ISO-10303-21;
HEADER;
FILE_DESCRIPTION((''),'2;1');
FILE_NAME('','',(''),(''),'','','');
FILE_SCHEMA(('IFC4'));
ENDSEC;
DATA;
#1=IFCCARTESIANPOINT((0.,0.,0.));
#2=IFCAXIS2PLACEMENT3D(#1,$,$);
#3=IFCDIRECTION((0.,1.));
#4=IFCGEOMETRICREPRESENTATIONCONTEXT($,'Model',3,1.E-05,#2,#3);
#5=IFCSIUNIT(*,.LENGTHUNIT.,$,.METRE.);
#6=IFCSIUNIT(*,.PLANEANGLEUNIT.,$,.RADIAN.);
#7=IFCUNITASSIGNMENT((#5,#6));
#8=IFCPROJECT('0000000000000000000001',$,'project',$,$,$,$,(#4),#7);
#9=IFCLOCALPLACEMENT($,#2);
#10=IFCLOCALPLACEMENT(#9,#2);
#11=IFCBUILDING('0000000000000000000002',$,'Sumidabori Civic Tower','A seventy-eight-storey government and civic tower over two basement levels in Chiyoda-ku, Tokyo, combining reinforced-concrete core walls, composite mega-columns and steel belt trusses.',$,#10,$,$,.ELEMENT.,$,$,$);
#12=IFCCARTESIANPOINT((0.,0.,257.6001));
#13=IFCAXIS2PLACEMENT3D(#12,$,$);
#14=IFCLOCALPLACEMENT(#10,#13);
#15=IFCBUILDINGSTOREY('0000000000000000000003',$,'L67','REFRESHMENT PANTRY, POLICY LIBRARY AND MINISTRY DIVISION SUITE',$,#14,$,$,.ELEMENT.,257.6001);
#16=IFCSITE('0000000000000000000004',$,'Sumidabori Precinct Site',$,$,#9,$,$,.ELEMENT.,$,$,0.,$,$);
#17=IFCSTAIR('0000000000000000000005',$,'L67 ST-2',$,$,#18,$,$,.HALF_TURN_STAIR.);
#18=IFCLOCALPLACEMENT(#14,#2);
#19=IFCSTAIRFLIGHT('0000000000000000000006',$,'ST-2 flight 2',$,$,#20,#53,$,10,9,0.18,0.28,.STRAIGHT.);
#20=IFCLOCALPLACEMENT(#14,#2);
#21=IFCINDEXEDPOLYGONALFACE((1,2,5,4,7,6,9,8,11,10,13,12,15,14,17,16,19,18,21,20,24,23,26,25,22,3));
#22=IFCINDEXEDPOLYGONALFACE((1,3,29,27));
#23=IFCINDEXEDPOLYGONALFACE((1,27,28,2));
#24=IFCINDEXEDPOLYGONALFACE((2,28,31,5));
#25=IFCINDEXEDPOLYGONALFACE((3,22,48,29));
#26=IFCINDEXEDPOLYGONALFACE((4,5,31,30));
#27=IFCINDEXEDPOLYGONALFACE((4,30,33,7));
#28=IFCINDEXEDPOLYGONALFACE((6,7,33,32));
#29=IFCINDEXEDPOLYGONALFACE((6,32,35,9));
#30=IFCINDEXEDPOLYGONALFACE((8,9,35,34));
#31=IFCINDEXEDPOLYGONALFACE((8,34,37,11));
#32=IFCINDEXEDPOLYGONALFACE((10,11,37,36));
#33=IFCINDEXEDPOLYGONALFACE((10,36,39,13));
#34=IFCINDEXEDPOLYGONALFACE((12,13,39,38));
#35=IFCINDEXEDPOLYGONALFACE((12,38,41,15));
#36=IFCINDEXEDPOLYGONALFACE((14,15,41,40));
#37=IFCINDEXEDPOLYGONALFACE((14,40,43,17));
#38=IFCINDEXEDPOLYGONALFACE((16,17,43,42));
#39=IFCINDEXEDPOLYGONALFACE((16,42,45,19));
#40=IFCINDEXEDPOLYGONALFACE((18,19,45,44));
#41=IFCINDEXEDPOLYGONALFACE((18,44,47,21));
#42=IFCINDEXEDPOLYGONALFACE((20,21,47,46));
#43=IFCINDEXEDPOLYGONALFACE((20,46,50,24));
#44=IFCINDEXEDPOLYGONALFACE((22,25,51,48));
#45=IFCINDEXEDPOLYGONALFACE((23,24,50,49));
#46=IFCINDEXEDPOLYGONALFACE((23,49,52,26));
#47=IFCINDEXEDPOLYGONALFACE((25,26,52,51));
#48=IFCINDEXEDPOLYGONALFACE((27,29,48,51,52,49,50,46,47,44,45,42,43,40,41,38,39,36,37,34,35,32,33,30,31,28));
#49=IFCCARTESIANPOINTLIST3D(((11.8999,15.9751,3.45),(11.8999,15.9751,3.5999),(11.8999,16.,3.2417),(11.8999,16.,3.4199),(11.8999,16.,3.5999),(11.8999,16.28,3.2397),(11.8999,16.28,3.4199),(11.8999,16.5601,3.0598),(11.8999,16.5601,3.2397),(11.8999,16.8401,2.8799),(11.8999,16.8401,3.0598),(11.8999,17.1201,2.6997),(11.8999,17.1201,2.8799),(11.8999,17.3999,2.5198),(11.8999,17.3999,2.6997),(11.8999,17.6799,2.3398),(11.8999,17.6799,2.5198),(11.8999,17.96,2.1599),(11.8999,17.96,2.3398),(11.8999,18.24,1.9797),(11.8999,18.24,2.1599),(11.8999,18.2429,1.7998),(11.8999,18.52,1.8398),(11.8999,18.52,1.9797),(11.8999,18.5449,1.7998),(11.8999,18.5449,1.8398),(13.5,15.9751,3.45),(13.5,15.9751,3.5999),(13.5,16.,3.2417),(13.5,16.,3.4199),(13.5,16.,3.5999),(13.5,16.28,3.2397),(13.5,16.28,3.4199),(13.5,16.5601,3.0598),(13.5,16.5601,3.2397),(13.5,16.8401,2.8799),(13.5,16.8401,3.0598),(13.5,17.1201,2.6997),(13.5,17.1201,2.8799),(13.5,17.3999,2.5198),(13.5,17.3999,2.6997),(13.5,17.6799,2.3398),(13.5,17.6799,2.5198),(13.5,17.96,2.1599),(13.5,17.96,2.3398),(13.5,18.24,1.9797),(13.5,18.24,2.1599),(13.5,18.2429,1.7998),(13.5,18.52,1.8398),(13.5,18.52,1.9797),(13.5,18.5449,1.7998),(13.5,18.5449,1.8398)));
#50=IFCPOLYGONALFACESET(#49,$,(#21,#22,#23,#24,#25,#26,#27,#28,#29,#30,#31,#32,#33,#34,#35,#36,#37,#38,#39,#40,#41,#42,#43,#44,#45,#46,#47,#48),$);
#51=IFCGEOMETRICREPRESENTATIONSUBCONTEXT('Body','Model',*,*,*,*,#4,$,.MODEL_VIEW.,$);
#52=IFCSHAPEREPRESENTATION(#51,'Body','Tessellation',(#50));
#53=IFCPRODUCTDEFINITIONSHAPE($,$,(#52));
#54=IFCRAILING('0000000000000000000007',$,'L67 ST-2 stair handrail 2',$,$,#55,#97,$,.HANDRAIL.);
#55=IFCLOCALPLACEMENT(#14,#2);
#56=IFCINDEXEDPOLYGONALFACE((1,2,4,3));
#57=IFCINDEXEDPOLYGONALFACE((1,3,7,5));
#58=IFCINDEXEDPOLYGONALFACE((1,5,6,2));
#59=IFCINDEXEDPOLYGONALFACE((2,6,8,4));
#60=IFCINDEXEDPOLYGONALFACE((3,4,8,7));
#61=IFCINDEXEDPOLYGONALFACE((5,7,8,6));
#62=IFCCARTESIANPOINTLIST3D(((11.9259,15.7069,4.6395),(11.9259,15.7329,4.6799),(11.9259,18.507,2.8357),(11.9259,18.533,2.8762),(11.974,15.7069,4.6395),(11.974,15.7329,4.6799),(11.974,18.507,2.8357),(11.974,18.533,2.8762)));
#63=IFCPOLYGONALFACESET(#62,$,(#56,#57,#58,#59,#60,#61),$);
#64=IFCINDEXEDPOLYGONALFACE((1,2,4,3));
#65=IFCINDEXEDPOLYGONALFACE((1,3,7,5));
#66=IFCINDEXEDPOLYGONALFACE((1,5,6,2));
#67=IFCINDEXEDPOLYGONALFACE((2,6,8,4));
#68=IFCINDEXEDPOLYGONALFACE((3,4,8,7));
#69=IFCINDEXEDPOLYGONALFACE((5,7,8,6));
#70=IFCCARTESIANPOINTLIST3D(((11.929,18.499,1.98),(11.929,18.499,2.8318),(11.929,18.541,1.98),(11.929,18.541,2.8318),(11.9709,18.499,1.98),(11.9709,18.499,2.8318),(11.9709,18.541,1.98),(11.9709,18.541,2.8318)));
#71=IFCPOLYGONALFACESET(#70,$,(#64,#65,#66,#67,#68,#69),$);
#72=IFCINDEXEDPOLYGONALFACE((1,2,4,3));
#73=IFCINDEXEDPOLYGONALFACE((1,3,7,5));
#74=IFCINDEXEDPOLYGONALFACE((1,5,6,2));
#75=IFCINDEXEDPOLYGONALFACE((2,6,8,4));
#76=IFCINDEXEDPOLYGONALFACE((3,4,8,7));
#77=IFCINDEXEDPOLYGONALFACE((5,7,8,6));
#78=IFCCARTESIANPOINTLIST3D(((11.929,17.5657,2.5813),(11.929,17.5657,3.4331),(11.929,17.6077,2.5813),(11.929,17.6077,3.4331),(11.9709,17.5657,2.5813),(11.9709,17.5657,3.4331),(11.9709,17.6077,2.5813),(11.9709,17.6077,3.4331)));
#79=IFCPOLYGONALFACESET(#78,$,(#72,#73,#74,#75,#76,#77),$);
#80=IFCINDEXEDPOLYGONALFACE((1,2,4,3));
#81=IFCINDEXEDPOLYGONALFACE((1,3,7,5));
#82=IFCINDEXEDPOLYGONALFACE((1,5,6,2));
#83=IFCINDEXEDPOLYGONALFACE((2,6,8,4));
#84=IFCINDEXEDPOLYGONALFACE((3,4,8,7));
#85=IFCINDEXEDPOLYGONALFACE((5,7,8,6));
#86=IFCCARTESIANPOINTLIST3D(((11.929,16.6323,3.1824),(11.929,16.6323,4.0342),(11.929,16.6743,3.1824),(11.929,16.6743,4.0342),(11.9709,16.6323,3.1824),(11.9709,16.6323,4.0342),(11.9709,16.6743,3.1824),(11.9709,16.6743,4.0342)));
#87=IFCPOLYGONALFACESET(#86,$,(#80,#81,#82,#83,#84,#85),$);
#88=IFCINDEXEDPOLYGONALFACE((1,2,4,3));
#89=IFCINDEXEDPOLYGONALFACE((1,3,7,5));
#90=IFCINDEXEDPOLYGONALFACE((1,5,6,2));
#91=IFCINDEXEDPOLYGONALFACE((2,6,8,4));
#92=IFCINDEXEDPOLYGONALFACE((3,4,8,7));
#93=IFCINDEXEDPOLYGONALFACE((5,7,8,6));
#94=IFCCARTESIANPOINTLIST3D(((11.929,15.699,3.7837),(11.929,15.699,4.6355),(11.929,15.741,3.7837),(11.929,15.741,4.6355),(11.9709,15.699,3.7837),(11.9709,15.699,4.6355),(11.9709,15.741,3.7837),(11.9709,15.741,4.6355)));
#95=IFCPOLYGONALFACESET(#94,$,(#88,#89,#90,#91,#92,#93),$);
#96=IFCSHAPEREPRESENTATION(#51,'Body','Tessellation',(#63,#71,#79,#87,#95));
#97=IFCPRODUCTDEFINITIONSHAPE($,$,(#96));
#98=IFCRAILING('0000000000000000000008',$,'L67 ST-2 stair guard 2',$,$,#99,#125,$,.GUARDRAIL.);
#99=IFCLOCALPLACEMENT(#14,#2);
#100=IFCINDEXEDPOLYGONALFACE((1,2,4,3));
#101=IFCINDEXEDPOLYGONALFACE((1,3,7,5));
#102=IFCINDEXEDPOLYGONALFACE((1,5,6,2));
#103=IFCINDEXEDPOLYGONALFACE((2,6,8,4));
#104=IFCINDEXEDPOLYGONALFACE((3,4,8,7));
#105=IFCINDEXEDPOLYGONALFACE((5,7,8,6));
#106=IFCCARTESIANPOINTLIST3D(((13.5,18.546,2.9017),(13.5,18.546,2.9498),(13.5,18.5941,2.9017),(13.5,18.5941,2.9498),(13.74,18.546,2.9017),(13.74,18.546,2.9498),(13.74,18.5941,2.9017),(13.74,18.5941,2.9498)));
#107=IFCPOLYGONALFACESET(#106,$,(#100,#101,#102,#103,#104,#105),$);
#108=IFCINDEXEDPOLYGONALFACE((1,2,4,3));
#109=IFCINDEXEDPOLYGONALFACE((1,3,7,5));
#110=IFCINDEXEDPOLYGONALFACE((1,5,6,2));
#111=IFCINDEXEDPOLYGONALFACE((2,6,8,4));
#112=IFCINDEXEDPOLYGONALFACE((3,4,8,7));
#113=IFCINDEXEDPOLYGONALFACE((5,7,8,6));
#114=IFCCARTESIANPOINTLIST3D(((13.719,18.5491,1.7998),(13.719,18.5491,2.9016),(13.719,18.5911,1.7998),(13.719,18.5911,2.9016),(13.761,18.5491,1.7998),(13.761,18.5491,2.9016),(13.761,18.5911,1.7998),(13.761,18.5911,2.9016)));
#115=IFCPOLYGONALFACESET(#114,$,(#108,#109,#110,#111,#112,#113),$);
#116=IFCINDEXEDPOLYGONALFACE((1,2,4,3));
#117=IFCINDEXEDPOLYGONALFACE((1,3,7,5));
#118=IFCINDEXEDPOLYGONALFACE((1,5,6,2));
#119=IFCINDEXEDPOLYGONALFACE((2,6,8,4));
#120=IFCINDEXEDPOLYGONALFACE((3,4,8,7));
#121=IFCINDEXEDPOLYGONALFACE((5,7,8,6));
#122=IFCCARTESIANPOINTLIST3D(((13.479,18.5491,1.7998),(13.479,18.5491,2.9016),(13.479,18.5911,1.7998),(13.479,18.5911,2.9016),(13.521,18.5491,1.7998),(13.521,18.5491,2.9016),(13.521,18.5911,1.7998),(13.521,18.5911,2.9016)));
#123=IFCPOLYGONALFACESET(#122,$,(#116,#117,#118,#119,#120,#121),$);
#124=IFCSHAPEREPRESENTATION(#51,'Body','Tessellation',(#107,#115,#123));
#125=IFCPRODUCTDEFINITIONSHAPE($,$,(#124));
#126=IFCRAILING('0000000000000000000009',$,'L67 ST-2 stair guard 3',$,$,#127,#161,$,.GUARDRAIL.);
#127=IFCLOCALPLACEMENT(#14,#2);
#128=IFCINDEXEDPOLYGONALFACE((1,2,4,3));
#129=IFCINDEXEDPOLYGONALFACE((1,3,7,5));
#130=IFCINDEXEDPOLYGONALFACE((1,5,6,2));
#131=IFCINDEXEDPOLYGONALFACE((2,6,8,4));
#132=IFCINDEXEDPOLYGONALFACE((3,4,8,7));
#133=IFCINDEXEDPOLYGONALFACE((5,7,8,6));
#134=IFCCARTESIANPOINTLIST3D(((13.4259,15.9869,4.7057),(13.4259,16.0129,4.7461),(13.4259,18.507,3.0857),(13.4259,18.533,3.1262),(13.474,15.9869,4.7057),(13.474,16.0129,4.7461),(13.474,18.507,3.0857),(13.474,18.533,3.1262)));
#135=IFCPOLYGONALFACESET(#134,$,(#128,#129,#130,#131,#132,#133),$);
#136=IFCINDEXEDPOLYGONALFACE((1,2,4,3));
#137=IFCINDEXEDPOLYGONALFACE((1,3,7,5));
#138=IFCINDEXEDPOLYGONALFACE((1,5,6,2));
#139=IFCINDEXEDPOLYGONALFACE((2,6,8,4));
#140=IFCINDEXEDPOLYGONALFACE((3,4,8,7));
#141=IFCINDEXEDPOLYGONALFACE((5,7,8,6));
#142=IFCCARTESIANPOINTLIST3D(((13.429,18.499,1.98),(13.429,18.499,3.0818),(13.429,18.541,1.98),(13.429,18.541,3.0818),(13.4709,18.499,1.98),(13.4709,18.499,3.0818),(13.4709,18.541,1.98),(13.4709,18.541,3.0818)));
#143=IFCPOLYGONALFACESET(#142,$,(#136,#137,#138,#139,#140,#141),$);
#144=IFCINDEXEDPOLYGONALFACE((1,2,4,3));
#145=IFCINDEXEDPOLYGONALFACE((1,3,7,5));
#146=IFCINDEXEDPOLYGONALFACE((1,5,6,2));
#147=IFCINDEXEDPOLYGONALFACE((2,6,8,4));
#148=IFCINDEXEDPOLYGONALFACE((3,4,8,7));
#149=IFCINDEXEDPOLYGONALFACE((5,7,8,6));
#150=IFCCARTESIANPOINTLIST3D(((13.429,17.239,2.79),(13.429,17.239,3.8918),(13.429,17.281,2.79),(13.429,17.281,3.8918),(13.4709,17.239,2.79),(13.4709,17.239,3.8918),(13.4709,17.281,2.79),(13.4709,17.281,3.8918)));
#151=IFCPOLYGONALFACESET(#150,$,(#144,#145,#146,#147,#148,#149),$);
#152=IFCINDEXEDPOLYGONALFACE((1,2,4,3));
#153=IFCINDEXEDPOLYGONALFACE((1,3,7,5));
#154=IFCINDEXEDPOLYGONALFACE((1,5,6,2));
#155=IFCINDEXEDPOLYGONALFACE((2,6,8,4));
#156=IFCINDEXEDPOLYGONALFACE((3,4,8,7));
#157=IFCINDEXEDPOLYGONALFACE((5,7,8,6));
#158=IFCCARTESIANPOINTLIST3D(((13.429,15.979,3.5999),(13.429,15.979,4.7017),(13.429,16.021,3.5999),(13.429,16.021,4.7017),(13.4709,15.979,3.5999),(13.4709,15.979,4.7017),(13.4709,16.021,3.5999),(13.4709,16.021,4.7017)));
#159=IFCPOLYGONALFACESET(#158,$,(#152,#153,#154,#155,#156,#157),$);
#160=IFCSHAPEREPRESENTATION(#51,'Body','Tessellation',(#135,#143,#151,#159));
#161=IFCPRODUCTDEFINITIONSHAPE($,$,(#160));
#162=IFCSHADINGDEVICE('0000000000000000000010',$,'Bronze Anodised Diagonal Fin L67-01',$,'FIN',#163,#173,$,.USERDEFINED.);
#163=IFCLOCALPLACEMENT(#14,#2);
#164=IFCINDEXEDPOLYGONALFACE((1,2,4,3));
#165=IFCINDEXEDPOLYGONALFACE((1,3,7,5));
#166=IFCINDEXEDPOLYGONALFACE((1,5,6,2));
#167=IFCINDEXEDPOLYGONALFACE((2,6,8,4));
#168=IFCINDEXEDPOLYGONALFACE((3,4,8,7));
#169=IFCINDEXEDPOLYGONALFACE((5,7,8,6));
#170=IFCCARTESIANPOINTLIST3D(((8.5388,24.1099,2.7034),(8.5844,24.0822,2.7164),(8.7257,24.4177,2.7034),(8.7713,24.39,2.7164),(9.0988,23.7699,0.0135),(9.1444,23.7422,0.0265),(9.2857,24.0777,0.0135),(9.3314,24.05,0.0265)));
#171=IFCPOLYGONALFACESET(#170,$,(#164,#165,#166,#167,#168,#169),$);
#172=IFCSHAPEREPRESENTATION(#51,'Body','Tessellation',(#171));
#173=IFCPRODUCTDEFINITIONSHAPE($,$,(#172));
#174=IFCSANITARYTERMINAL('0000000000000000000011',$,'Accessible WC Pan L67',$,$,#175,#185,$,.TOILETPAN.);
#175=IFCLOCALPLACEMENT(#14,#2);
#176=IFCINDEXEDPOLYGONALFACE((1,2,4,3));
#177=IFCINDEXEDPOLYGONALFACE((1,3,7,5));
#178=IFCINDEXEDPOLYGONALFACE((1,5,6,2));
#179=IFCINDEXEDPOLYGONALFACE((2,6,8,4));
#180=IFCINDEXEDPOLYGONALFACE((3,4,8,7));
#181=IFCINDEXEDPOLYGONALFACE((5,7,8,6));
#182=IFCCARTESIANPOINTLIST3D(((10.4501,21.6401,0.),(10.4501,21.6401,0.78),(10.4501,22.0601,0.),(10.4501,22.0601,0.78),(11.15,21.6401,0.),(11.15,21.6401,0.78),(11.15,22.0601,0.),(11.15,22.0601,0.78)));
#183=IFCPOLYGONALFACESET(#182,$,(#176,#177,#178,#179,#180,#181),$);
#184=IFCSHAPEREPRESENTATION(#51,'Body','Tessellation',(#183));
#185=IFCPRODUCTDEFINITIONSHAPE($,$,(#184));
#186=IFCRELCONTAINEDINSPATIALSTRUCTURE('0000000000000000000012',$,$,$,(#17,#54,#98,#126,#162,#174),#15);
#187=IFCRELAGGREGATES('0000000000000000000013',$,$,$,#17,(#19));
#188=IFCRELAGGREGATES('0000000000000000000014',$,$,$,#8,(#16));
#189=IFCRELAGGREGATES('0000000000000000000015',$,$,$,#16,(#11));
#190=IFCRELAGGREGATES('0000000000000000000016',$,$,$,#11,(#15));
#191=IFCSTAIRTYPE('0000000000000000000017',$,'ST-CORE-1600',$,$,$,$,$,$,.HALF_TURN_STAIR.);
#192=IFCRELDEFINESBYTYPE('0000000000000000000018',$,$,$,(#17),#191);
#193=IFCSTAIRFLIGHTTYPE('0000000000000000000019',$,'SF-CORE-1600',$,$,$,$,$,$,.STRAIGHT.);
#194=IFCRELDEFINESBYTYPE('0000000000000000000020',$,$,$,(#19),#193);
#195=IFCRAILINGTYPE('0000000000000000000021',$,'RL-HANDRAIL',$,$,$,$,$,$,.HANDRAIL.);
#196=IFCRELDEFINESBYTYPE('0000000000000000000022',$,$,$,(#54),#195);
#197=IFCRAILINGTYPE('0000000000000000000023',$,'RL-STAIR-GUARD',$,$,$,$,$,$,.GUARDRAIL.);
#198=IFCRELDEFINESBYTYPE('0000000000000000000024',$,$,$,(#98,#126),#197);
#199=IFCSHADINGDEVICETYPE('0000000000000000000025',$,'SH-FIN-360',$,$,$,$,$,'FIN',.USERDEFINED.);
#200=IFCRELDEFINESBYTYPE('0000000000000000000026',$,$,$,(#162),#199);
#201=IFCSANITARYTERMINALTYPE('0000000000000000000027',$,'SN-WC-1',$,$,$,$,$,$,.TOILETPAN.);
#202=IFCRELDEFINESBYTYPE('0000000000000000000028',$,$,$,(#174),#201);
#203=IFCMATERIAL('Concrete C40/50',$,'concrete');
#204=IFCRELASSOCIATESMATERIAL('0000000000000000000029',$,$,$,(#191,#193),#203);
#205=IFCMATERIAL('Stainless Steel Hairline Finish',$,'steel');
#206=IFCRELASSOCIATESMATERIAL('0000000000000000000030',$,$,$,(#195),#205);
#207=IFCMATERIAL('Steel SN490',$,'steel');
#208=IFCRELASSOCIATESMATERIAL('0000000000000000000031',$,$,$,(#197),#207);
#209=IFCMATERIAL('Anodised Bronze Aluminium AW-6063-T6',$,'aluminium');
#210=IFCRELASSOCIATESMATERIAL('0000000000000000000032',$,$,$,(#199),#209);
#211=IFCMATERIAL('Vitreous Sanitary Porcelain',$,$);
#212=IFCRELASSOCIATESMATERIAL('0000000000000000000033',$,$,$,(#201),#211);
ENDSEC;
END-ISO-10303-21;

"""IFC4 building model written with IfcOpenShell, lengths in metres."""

from ifc_helpers import new_model, si_unit, direction, frame, origin, origin_2d, place, context, subcontext, project, spatial, polyline, rectangle, outline, extrude, source, transform, mapped, material, material_profile, profile_set, type_object, element, aggregate, save


model = new_model("IFC4")

# Units and contexts
model_context = context("Model", 3, precision=1e-05, world=origin(), true_north=direction((0.0, 1.0)))
body_context = subcontext(model_context, "Body", "Model", "MODEL_VIEW")
ifc_project = project(units=[si_unit("LENGTHUNIT", "METRE"), si_unit("PLANEANGLEUNIT", "RADIAN")], contexts=[model_context])

# Site, building, storey
site_placement = place(None, origin())
site = spatial("IfcSite", under=ifc_project, at=site_placement, Name="Sumidabori Precinct Site", CompositionType="ELEMENT", RefElevation=0.0)
building_placement = place(site_placement, origin())
building = spatial("IfcBuilding", under=site, at=building_placement, Name="Sumidabori Civic Tower", Description="A seventy-eight-storey government and civic tower over two basement levels in Chiyoda-ku, Tokyo, combining reinforced-concrete core walls, composite mega-columns and steel belt trusses.", CompositionType="ELEMENT")
storey_placement = place(building_placement, frame((0.0, 0.0, 257.6001)))
storey = spatial("IfcBuildingStorey", under=building, at=storey_placement, Name="L67", Description="REFRESHMENT PANTRY, POLICY LIBRARY AND MINISTRY DIVISION SUITE", CompositionType="ELEMENT", Elevation=257.6001)

# Shared definitions
ifc_material_1 = material(Name="Steel SN490", Category="steel")

# Shared definitions
ifc_material_2 = material(Name="Anodised Bronze Aluminium AW-6063-T6", Category="aluminium")

# Stair, stair flight
ifc_material_3 = material(Name="Concrete C40/50", Category="concrete")
stair_type = type_object("IfcStairType", Name="ST-CORE-1600", PredefinedType="HALF_TURN_STAIR", material=ifc_material_3)
stair_placement = place(storey_placement, origin())
stair = element("IfcStair", 1, at=stair_placement, inside=storey, type_object=stair_type, Name="L67 ST-2", PredefinedType="HALF_TURN_STAIR")
stair_flight_type = type_object("IfcStairFlightType", Name="SF-CORE-1600", PredefinedType="STRAIGHT", material=ifc_material_3)
shared_shape_1 = source(origin(), body_context, "Body", "SweptSolid", [
    extrude(outline(polyline([(-0.0249, 0.0), (-0.0249, 0.04), (0.0, 0.04), (0.0, 0.1799), (0.28, 0.1799), (0.28, 0.3601), (0.5601, 0.3601), (0.5601, 0.54), (0.8401, 0.54), (0.8401, 0.72), (1.1201, 0.72), (1.1201, 0.8999), (1.3999, 0.8999), (1.3999, 1.0801), (1.6799, 1.0801), (1.6799, 1.26), (1.96, 1.26), (1.96, 1.4399), (2.24, 1.4399), (2.24, 1.6201), (2.52, 1.6201), (2.52, 1.8), (2.5449, 1.8), (2.5449, 1.6501), (2.52, 1.4419), (0.2771, 0.0), (-0.0249, 0.0)])), frame((0.0, 0.8, 0.0), z_axis=(0.0, -1.0, 0.0), x_axis=(1.0, 0.0, 0.0)), (0.0, 0.0, 1.0), 1.6001),
])
stair_flight_placement = place(storey_placement, frame((12.7, 18.52, 1.7998), z_axis=(0.0, 0.0, 1.0), x_axis=(0.0, -1.0, 0.0)))
stair_flight = element("IfcStairFlight", 2, at=stair_flight_placement, type_object=stair_flight_type, Name="ST-2 flight 2", NumberOfRisers=10, NumberOfTreads=9, PredefinedType="STRAIGHT", RiserHeight=0.18, TreadLength=0.28, context=body_context, shape_type="MappedRepresentation", body=[
    mapped(shared_shape_1, transform((0.0, 0.0, 0.0), x_axis=(1.0, 0.0, 0.0), y_axis=(0.0, 1.0, 0.0), z_axis=(0.0, 0.0, 1.0), scale=1.0)),
])
aggregate(stair, [stair_flight])

# Railings
ifc_material_4 = material(Name="Stainless Steel Hairline Finish", Category="steel")
railing_type_1 = type_object("IfcRailingType", Name="RL-HANDRAIL", PredefinedType="HANDRAIL", material=ifc_material_4)
railing_1_placement = place(storey_placement, frame((11.95, 18.52, 1.98)))
element("IfcRailing", 3, at=railing_1_placement, inside=storey, type_object=railing_type_1, Name="L67 ST-2 stair handrail 2", PredefinedType="HANDRAIL", context=body_context, shape_type="SweptSolid", body=[
    extrude(rectangle(XDim=0.0481, YDim=0.0481, at=origin_2d()), frame((0.0, 0.0, 0.876), z_axis=(0.0, -0.840676, 0.541539), x_axis=(1.0, 0.0, 0.0)), (0.0, 0.0, 1.0), 3.3308),
    extrude(rectangle(XDim=0.042, YDim=0.042, at=origin_2d()), origin(), (0.0, 0.0, 1.0), 0.8518),
    extrude(rectangle(XDim=0.042, YDim=0.042, at=origin_2d()), frame((0.0, -0.9333, 0.6013)), (0.0, 0.0, 1.0), 0.8518),
    extrude(rectangle(XDim=0.042, YDim=0.042, at=origin_2d()), frame((0.0, -1.8667, 1.2024)), (0.0, 0.0, 1.0), 0.8518),
    extrude(rectangle(XDim=0.042, YDim=0.042, at=origin_2d()), frame((0.0, -2.8, 1.8037)), (0.0, 0.0, 1.0), 0.8518),
])
railing_type_2 = type_object("IfcRailingType", Name="RL-STAIR-GUARD", PredefinedType="GUARDRAIL", material=ifc_material_1)
railing_2_placement = place(storey_placement, frame((13.74, 18.5701, 1.7998)))
element("IfcRailing", 4, at=railing_2_placement, inside=storey, type_object=railing_type_2, Name="L67 ST-2 stair guard 2", PredefinedType="GUARDRAIL", context=body_context, shape_type="SweptSolid", body=[
    extrude(rectangle(XDim=0.0481, YDim=0.0481, at=origin_2d()), frame((0.0, 0.0, 1.126), z_axis=(-1.0, 0.0, 0.0), x_axis=(0.0, -1.0, 0.0)), (0.0, 0.0, 1.0), 0.24),
    extrude(rectangle(XDim=0.042, YDim=0.042, at=origin_2d()), origin(), (0.0, 0.0, 1.0), 1.1018),
    extrude(rectangle(XDim=0.042, YDim=0.042, at=origin_2d()), frame((-0.24, 0.0, 0.0)), (0.0, 0.0, 1.0), 1.1018),
])
railing_3_placement = place(storey_placement, frame((13.45, 18.52, 1.98)))
element("IfcRailing", 5, at=railing_3_placement, inside=storey, type_object=railing_type_2, Name="L67 ST-2 stair guard 3", PredefinedType="GUARDRAIL", context=body_context, shape_type="SweptSolid", body=[
    extrude(rectangle(XDim=0.0481, YDim=0.0481, at=origin_2d()), frame((0.0, 0.0, 1.126), z_axis=(0.0, -0.8412, 0.540725), x_axis=(1.0, 0.0, 0.0)), (0.0, 0.0, 1.0), 2.9958),
    extrude(rectangle(XDim=0.042, YDim=0.042, at=origin_2d()), origin(), (0.0, 0.0, 1.0), 1.1018),
    extrude(rectangle(XDim=0.042, YDim=0.042, at=origin_2d()), frame((0.0, -1.26, 0.8101)), (0.0, 0.0, 1.0), 1.1018),
    extrude(rectangle(XDim=0.042, YDim=0.042, at=origin_2d()), frame((0.0, -2.52, 1.6199)), (0.0, 0.0, 1.0), 1.1018),
])

# Shading device
ifc_material_profile_1 = material_profile(ifc_material_2, rectangle(XDim=0.0549, YDim=0.3601, at=origin_2d()), Name="BRONZE FIN 360x55")
ifc_profile_set_1 = profile_set([ifc_material_profile_1], Name="Anodised Bronze Aluminium AW-6063-T6")
shading_device_type = type_object("IfcShadingDeviceType", Name="SH-FIN-360", ElementType="FIN", PredefinedType="USERDEFINED", material=ifc_profile_set_1)
shared_shape_2 = source(origin(), body_context, "Body", "SweptSolid", [
    extrude(rectangle(XDim=0.0549, YDim=0.3601, at=origin_2d()), origin(), (0.0, 0.0, 1.0), 2.7686),
])
shading_device_placement = place(storey_placement, frame((9.2151, 23.9099, 0.02), z_axis=(-0.20229, 0.122838, 0.971591), x_axis=(0.83047, -0.504291, 0.236665)))
element("IfcShadingDevice", 6, at=shading_device_placement, inside=storey, type_object=shading_device_type, Name="Bronze Anodised Diagonal Fin L67-01", ObjectType="FIN", PredefinedType="USERDEFINED", context=body_context, shape_type="MappedRepresentation", body=[
    mapped(shared_shape_2, transform((0.0, 0.0, 0.0), x_axis=(1.0, 0.0, 0.0), y_axis=(0.0, 1.0, 0.0), z_axis=(0.0, 0.0, 1.0), scale=1.0)),
])

# Sanitary terminal
ifc_material_5 = material(Name="Vitreous Sanitary Porcelain")
sanitary_terminal_type_1 = type_object("IfcSanitaryTerminalType", Name="SN-WC-1", PredefinedType="TOILETPAN", material=ifc_material_5)
shared_shape_3 = source(origin(), body_context, "Body", "SweptSolid", [
    extrude(rectangle(XDim=0.7, YDim=0.4199, at=origin_2d()), origin(), (0.0, 0.0, 1.0), 0.78),
])
sanitary_terminal_1_placement = place(storey_placement, frame((10.8, 21.8501, 0.0), z_axis=(0.0, 0.0, 1.0), x_axis=(1.0, 0.0, 0.0)))
element("IfcSanitaryTerminal", 7, at=sanitary_terminal_1_placement, inside=storey, type_object=sanitary_terminal_type_1, Name="Accessible WC Pan L67", PredefinedType="TOILETPAN", context=body_context, shape_type="MappedRepresentation", body=[
    mapped(shared_shape_3, transform((0.0, 0.0, 0.0), x_axis=(1.0, 0.0, 0.0), y_axis=(0.0, 1.0, 0.0), z_axis=(0.0, 0.0, 1.0), scale=1.0)),
])

save(model, "model.ifc")
